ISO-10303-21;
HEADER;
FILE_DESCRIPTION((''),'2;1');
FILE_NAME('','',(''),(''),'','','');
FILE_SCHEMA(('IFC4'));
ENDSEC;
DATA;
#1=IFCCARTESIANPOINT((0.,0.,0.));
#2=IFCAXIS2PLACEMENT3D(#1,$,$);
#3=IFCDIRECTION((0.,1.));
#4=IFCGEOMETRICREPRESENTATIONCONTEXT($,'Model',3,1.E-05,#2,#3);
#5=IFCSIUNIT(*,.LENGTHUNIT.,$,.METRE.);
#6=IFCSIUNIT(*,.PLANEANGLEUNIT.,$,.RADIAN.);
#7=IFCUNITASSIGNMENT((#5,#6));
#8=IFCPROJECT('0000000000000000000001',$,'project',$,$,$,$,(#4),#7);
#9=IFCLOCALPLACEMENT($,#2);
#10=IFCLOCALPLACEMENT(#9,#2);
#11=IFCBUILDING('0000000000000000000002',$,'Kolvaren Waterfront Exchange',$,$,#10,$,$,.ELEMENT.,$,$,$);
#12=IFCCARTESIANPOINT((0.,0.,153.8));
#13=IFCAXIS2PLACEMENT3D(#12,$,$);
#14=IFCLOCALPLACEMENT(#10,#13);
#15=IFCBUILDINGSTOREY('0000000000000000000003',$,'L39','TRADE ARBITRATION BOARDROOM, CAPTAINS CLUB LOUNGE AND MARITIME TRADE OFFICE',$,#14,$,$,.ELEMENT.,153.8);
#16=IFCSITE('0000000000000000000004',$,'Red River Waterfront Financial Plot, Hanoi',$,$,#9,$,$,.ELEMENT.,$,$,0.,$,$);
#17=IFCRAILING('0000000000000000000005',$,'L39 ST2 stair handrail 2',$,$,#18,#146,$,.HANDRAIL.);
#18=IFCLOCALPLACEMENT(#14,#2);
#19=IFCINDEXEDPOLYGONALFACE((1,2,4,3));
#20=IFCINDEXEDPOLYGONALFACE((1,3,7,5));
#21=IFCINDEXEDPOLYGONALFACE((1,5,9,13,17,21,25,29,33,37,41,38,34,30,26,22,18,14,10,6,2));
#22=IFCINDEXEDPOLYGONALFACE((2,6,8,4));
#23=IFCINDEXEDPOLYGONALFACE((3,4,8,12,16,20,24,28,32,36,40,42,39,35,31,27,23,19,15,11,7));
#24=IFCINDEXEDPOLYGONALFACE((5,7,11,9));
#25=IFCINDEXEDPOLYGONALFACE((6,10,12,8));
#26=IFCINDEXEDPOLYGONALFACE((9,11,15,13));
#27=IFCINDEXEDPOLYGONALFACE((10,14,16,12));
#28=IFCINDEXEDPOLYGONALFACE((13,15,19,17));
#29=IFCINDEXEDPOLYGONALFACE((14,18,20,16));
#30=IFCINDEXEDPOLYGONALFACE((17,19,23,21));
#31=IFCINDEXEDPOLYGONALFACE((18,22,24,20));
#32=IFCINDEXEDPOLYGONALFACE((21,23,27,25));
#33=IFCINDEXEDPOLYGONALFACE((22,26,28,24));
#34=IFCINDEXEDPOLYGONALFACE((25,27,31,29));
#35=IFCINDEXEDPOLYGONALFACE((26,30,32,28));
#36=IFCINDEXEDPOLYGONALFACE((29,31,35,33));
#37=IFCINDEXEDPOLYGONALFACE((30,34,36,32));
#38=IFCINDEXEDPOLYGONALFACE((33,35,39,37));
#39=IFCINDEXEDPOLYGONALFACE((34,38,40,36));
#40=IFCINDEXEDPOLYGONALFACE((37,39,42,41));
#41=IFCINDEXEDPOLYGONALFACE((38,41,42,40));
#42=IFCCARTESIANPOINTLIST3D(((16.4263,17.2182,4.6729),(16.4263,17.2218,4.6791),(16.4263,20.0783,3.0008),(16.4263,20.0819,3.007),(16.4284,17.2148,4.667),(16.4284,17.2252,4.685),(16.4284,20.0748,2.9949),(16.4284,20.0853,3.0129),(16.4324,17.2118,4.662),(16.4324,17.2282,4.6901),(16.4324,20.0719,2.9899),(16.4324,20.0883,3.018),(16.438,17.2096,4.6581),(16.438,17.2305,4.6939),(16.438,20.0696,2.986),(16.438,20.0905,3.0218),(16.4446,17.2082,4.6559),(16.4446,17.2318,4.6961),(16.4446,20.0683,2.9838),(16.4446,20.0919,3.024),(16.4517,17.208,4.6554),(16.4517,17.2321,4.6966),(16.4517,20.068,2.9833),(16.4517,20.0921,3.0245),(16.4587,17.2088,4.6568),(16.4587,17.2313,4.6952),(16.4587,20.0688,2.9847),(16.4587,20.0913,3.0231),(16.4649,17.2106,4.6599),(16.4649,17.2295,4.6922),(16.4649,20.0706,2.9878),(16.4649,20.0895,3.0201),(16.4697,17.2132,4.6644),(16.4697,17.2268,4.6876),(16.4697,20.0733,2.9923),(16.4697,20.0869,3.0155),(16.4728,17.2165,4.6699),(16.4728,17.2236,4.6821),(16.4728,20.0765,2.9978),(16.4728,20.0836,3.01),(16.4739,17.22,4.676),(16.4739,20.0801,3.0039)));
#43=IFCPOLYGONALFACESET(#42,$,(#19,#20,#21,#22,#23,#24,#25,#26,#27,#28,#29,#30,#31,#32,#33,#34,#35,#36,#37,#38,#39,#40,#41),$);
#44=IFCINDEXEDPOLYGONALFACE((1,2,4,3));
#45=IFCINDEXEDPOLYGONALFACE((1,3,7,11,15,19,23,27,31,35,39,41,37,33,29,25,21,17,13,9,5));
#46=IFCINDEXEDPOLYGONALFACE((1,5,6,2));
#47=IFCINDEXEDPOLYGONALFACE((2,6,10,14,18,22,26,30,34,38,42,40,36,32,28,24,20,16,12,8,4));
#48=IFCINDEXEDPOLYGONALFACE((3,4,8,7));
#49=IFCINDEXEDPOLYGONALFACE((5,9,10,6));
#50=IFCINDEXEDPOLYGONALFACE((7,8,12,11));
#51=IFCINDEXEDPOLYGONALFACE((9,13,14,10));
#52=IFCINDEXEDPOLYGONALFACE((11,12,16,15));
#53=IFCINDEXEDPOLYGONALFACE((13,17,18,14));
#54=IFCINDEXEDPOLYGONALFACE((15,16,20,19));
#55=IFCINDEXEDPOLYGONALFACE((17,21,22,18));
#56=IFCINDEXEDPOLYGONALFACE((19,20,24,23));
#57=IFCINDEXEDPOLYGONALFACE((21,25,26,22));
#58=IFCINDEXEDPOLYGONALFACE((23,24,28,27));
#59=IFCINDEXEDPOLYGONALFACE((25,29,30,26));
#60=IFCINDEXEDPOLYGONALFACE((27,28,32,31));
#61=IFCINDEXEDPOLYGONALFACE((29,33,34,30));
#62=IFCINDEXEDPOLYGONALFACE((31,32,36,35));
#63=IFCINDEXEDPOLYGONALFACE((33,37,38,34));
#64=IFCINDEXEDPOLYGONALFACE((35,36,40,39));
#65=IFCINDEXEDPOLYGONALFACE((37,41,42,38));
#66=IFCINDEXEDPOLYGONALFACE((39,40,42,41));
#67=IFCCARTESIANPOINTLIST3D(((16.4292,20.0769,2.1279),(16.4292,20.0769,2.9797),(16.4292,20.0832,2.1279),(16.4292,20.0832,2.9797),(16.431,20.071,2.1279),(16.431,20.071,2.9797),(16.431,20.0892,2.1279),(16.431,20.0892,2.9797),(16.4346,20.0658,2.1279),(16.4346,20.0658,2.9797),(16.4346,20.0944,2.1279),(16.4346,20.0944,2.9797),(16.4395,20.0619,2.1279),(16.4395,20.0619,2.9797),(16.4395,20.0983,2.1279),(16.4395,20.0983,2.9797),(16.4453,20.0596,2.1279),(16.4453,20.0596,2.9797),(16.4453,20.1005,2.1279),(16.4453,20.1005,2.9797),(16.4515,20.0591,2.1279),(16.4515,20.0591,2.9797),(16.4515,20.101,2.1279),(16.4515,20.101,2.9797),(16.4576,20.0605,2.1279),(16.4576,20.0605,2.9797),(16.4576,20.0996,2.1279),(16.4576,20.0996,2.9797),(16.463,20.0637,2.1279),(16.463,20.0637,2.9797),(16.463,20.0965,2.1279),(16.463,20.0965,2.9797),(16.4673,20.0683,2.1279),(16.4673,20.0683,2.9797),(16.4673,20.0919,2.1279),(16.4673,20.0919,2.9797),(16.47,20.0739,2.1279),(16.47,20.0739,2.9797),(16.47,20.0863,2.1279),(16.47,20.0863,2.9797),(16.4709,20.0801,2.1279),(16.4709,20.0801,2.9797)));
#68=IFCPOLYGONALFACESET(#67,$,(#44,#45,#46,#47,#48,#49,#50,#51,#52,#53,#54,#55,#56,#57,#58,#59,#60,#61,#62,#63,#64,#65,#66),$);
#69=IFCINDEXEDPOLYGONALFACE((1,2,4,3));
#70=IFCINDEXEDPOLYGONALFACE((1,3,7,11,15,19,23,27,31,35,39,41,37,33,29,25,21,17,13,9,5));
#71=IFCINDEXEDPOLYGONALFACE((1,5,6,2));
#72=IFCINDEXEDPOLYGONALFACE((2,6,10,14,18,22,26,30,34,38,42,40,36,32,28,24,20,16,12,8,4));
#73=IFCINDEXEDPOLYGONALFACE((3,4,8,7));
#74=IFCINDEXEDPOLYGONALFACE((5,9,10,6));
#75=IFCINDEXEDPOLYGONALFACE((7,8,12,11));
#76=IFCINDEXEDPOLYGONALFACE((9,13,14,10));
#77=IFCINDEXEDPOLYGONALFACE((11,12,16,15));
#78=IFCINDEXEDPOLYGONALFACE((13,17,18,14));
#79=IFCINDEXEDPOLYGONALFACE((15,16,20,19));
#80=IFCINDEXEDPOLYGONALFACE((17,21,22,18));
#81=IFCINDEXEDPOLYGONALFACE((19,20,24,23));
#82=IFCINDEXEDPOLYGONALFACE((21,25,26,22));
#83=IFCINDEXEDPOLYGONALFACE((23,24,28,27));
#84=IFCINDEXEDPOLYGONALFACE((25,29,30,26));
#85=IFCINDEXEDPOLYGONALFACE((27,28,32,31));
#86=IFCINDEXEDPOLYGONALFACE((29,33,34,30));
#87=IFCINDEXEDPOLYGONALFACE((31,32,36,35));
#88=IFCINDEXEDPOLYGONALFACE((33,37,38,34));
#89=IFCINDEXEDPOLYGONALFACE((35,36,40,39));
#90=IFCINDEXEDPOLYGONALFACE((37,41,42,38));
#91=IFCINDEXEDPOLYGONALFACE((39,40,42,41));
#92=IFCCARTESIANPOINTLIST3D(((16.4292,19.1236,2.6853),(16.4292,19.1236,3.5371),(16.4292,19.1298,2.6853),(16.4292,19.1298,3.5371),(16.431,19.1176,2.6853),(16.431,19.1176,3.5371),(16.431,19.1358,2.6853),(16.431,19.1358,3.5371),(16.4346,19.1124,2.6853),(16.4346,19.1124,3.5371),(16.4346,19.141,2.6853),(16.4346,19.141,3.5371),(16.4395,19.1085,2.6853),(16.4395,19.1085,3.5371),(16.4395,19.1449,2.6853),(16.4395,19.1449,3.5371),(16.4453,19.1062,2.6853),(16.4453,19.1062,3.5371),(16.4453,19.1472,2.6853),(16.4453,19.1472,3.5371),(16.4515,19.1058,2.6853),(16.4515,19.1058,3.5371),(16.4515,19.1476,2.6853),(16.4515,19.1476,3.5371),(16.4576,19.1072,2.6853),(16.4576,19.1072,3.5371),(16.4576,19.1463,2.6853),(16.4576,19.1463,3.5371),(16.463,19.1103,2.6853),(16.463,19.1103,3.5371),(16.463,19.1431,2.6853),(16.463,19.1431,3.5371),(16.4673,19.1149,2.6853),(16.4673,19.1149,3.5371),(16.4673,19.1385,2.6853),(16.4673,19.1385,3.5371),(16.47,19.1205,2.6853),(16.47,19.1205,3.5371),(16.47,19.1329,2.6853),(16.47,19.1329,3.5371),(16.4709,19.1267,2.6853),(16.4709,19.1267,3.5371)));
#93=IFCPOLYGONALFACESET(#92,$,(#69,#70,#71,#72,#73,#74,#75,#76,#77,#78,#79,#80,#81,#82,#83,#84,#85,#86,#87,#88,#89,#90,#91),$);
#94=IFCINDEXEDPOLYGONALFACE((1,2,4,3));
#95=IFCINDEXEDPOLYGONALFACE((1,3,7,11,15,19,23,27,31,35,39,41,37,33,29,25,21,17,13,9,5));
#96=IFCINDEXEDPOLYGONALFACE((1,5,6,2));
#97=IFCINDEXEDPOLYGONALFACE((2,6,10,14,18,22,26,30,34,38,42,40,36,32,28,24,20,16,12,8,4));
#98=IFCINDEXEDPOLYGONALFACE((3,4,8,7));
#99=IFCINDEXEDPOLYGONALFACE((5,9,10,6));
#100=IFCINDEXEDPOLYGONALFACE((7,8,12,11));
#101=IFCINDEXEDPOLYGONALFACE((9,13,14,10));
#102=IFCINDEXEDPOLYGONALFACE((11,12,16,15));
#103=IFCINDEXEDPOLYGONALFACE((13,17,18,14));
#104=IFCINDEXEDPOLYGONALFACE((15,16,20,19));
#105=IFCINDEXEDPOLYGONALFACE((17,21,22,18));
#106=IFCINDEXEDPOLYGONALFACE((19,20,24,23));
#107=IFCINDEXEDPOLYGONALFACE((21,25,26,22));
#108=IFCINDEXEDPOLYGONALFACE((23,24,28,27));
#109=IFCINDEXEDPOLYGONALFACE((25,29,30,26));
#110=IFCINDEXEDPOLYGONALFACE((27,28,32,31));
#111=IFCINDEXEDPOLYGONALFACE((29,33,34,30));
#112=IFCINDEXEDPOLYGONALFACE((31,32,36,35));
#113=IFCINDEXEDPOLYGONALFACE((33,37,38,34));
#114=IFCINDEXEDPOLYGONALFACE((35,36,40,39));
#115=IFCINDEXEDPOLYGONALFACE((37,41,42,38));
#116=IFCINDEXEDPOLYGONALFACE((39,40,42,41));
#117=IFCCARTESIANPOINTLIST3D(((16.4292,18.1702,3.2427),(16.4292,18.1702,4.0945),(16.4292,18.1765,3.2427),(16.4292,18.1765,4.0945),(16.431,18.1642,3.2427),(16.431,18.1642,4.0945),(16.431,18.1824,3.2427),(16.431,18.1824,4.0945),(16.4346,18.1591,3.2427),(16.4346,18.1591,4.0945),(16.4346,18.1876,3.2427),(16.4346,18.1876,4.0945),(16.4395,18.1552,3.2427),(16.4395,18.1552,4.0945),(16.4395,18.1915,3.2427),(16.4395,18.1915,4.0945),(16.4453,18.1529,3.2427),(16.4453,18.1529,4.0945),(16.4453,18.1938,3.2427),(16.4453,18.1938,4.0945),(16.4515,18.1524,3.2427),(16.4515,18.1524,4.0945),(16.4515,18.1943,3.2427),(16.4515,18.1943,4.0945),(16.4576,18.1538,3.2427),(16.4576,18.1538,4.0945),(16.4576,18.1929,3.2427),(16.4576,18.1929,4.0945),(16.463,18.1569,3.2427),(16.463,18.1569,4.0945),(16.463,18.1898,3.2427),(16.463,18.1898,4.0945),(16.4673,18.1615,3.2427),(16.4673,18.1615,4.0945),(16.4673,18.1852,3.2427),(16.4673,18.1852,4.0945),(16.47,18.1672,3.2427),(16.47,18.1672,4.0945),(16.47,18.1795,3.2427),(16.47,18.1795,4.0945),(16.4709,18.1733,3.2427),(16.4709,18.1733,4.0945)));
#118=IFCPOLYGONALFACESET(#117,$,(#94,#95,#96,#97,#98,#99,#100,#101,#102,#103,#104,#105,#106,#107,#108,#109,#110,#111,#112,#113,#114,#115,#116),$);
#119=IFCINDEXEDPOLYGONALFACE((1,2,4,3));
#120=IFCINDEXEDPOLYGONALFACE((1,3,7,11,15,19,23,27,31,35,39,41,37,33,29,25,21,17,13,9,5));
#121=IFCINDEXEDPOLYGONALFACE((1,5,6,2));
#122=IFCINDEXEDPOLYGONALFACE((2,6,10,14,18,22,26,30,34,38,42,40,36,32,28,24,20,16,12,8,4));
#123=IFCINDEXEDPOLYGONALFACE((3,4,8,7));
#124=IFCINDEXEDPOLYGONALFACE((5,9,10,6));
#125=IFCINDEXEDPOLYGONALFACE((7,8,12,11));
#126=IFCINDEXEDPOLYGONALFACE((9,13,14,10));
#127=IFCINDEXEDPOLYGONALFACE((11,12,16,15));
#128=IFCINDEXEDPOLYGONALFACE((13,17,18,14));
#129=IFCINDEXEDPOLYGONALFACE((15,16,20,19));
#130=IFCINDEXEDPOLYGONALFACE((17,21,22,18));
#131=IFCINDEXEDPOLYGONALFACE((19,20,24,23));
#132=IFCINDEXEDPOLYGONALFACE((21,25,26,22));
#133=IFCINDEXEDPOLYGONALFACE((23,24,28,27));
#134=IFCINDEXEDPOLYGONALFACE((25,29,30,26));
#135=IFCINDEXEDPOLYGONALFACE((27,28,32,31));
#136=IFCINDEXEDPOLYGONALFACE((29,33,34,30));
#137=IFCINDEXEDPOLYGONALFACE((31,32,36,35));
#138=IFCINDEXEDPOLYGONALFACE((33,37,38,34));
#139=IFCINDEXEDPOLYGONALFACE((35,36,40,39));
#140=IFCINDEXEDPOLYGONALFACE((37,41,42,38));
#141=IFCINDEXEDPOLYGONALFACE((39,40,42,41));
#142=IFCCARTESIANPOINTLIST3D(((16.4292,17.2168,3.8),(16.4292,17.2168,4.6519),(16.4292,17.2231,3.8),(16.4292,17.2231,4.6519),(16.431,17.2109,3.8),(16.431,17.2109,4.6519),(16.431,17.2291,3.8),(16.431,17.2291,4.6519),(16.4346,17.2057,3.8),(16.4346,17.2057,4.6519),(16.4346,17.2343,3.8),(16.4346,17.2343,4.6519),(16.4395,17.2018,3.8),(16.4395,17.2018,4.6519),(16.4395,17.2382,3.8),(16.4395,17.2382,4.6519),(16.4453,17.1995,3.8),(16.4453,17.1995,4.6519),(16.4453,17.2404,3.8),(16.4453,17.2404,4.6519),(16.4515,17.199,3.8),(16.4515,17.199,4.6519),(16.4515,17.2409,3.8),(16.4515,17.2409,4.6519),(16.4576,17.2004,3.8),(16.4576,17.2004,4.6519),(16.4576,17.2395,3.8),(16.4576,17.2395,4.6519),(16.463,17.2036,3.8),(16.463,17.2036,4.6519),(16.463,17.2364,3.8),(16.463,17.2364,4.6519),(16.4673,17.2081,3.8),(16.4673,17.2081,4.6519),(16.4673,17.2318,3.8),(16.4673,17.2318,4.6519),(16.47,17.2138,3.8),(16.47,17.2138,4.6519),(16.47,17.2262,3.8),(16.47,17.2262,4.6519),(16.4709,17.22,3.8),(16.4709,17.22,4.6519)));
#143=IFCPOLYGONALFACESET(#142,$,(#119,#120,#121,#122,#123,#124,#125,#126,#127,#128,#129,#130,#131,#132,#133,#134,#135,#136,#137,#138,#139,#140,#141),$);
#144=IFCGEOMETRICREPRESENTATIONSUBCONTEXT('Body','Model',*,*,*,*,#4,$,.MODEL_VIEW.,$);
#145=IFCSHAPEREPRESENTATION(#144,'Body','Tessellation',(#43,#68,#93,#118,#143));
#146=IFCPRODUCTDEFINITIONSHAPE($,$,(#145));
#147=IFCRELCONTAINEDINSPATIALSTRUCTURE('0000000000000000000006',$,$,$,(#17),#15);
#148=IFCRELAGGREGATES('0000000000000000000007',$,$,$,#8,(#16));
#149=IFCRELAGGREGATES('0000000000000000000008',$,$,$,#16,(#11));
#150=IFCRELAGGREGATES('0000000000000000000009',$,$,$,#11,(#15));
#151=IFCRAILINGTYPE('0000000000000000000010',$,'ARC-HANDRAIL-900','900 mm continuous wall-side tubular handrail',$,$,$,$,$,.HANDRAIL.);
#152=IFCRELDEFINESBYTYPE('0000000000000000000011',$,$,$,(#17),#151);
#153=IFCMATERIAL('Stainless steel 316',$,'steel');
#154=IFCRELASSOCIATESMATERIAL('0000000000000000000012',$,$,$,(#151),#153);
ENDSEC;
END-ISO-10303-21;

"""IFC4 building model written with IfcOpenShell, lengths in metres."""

from ifc_helpers import new_model, si_unit, direction, frame, origin, origin_2d, place, context, subcontext, project, spatial, circle, extrude, material, type_object, element, save


model = new_model("IFC4")

# Units and contexts
model_context = context("Model", 3, precision=1e-05, world=origin(), true_north=direction((0.0, 1.0)))
body_context = subcontext(model_context, "Body", "Model", "MODEL_VIEW")
ifc_project = project(units=[si_unit("LENGTHUNIT", "METRE"), si_unit("PLANEANGLEUNIT", "RADIAN")], contexts=[model_context])

# Site, building, storey
site_placement = place(None, origin())
site = spatial("IfcSite", under=ifc_project, at=site_placement, Name="Red River Waterfront Financial Plot, Hanoi", CompositionType="ELEMENT", RefElevation=0.0)
building_placement = place(site_placement, origin())
building = spatial("IfcBuilding", under=site, at=building_placement, Name="Kolvaren Waterfront Exchange", CompositionType="ELEMENT")
storey_placement = place(building_placement, frame((0.0, 0.0, 153.8)))
storey = spatial("IfcBuildingStorey", under=building, at=storey_placement, Name="L39", Description="TRADE ARBITRATION BOARDROOM, CAPTAINS CLUB LOUNGE AND MARITIME TRADE OFFICE", CompositionType="ELEMENT", Elevation=153.8)

# Railing
ifc_material_1 = material(Name="Stainless steel 316", Category="steel")
railing_type_1 = type_object("IfcRailingType", Name="ARC-HANDRAIL-900", Description="900 mm continuous wall-side tubular handrail", PredefinedType="HANDRAIL", material=ifc_material_1)
railing_1_placement = place(storey_placement, frame((16.45, 20.0801, 2.1279)))
element("IfcRailing", 1, at=railing_1_placement, inside=storey, type_object=railing_type_1, Name="L39 ST2 stair handrail 2", PredefinedType="HANDRAIL", context=body_context, shape_type="SweptSolid", body=[
    extrude(circle(Radius=0.0239, at=origin_2d()), frame((0.0, 0.0, 0.876), z_axis=(0.0, -0.863289, 0.504709), x_axis=(1.0, 0.0, 0.0)), (0.0, 0.0, 1.0), 3.313),
    extrude(circle(Radius=0.021, at=origin_2d()), origin(), (0.0, 0.0, 1.0), 0.8518),
    extrude(circle(Radius=0.021, at=origin_2d()), frame((0.0, -0.9534, 0.5574)), (0.0, 0.0, 1.0), 0.8518),
    extrude(circle(Radius=0.021, at=origin_2d()), frame((0.0, -1.9067, 1.1147)), (0.0, 0.0, 1.0), 0.8518),
    extrude(circle(Radius=0.021, at=origin_2d()), frame((0.0, -2.8601, 1.6721)), (0.0, 0.0, 1.0), 0.8518),
])

save(model, "model.ifc")
